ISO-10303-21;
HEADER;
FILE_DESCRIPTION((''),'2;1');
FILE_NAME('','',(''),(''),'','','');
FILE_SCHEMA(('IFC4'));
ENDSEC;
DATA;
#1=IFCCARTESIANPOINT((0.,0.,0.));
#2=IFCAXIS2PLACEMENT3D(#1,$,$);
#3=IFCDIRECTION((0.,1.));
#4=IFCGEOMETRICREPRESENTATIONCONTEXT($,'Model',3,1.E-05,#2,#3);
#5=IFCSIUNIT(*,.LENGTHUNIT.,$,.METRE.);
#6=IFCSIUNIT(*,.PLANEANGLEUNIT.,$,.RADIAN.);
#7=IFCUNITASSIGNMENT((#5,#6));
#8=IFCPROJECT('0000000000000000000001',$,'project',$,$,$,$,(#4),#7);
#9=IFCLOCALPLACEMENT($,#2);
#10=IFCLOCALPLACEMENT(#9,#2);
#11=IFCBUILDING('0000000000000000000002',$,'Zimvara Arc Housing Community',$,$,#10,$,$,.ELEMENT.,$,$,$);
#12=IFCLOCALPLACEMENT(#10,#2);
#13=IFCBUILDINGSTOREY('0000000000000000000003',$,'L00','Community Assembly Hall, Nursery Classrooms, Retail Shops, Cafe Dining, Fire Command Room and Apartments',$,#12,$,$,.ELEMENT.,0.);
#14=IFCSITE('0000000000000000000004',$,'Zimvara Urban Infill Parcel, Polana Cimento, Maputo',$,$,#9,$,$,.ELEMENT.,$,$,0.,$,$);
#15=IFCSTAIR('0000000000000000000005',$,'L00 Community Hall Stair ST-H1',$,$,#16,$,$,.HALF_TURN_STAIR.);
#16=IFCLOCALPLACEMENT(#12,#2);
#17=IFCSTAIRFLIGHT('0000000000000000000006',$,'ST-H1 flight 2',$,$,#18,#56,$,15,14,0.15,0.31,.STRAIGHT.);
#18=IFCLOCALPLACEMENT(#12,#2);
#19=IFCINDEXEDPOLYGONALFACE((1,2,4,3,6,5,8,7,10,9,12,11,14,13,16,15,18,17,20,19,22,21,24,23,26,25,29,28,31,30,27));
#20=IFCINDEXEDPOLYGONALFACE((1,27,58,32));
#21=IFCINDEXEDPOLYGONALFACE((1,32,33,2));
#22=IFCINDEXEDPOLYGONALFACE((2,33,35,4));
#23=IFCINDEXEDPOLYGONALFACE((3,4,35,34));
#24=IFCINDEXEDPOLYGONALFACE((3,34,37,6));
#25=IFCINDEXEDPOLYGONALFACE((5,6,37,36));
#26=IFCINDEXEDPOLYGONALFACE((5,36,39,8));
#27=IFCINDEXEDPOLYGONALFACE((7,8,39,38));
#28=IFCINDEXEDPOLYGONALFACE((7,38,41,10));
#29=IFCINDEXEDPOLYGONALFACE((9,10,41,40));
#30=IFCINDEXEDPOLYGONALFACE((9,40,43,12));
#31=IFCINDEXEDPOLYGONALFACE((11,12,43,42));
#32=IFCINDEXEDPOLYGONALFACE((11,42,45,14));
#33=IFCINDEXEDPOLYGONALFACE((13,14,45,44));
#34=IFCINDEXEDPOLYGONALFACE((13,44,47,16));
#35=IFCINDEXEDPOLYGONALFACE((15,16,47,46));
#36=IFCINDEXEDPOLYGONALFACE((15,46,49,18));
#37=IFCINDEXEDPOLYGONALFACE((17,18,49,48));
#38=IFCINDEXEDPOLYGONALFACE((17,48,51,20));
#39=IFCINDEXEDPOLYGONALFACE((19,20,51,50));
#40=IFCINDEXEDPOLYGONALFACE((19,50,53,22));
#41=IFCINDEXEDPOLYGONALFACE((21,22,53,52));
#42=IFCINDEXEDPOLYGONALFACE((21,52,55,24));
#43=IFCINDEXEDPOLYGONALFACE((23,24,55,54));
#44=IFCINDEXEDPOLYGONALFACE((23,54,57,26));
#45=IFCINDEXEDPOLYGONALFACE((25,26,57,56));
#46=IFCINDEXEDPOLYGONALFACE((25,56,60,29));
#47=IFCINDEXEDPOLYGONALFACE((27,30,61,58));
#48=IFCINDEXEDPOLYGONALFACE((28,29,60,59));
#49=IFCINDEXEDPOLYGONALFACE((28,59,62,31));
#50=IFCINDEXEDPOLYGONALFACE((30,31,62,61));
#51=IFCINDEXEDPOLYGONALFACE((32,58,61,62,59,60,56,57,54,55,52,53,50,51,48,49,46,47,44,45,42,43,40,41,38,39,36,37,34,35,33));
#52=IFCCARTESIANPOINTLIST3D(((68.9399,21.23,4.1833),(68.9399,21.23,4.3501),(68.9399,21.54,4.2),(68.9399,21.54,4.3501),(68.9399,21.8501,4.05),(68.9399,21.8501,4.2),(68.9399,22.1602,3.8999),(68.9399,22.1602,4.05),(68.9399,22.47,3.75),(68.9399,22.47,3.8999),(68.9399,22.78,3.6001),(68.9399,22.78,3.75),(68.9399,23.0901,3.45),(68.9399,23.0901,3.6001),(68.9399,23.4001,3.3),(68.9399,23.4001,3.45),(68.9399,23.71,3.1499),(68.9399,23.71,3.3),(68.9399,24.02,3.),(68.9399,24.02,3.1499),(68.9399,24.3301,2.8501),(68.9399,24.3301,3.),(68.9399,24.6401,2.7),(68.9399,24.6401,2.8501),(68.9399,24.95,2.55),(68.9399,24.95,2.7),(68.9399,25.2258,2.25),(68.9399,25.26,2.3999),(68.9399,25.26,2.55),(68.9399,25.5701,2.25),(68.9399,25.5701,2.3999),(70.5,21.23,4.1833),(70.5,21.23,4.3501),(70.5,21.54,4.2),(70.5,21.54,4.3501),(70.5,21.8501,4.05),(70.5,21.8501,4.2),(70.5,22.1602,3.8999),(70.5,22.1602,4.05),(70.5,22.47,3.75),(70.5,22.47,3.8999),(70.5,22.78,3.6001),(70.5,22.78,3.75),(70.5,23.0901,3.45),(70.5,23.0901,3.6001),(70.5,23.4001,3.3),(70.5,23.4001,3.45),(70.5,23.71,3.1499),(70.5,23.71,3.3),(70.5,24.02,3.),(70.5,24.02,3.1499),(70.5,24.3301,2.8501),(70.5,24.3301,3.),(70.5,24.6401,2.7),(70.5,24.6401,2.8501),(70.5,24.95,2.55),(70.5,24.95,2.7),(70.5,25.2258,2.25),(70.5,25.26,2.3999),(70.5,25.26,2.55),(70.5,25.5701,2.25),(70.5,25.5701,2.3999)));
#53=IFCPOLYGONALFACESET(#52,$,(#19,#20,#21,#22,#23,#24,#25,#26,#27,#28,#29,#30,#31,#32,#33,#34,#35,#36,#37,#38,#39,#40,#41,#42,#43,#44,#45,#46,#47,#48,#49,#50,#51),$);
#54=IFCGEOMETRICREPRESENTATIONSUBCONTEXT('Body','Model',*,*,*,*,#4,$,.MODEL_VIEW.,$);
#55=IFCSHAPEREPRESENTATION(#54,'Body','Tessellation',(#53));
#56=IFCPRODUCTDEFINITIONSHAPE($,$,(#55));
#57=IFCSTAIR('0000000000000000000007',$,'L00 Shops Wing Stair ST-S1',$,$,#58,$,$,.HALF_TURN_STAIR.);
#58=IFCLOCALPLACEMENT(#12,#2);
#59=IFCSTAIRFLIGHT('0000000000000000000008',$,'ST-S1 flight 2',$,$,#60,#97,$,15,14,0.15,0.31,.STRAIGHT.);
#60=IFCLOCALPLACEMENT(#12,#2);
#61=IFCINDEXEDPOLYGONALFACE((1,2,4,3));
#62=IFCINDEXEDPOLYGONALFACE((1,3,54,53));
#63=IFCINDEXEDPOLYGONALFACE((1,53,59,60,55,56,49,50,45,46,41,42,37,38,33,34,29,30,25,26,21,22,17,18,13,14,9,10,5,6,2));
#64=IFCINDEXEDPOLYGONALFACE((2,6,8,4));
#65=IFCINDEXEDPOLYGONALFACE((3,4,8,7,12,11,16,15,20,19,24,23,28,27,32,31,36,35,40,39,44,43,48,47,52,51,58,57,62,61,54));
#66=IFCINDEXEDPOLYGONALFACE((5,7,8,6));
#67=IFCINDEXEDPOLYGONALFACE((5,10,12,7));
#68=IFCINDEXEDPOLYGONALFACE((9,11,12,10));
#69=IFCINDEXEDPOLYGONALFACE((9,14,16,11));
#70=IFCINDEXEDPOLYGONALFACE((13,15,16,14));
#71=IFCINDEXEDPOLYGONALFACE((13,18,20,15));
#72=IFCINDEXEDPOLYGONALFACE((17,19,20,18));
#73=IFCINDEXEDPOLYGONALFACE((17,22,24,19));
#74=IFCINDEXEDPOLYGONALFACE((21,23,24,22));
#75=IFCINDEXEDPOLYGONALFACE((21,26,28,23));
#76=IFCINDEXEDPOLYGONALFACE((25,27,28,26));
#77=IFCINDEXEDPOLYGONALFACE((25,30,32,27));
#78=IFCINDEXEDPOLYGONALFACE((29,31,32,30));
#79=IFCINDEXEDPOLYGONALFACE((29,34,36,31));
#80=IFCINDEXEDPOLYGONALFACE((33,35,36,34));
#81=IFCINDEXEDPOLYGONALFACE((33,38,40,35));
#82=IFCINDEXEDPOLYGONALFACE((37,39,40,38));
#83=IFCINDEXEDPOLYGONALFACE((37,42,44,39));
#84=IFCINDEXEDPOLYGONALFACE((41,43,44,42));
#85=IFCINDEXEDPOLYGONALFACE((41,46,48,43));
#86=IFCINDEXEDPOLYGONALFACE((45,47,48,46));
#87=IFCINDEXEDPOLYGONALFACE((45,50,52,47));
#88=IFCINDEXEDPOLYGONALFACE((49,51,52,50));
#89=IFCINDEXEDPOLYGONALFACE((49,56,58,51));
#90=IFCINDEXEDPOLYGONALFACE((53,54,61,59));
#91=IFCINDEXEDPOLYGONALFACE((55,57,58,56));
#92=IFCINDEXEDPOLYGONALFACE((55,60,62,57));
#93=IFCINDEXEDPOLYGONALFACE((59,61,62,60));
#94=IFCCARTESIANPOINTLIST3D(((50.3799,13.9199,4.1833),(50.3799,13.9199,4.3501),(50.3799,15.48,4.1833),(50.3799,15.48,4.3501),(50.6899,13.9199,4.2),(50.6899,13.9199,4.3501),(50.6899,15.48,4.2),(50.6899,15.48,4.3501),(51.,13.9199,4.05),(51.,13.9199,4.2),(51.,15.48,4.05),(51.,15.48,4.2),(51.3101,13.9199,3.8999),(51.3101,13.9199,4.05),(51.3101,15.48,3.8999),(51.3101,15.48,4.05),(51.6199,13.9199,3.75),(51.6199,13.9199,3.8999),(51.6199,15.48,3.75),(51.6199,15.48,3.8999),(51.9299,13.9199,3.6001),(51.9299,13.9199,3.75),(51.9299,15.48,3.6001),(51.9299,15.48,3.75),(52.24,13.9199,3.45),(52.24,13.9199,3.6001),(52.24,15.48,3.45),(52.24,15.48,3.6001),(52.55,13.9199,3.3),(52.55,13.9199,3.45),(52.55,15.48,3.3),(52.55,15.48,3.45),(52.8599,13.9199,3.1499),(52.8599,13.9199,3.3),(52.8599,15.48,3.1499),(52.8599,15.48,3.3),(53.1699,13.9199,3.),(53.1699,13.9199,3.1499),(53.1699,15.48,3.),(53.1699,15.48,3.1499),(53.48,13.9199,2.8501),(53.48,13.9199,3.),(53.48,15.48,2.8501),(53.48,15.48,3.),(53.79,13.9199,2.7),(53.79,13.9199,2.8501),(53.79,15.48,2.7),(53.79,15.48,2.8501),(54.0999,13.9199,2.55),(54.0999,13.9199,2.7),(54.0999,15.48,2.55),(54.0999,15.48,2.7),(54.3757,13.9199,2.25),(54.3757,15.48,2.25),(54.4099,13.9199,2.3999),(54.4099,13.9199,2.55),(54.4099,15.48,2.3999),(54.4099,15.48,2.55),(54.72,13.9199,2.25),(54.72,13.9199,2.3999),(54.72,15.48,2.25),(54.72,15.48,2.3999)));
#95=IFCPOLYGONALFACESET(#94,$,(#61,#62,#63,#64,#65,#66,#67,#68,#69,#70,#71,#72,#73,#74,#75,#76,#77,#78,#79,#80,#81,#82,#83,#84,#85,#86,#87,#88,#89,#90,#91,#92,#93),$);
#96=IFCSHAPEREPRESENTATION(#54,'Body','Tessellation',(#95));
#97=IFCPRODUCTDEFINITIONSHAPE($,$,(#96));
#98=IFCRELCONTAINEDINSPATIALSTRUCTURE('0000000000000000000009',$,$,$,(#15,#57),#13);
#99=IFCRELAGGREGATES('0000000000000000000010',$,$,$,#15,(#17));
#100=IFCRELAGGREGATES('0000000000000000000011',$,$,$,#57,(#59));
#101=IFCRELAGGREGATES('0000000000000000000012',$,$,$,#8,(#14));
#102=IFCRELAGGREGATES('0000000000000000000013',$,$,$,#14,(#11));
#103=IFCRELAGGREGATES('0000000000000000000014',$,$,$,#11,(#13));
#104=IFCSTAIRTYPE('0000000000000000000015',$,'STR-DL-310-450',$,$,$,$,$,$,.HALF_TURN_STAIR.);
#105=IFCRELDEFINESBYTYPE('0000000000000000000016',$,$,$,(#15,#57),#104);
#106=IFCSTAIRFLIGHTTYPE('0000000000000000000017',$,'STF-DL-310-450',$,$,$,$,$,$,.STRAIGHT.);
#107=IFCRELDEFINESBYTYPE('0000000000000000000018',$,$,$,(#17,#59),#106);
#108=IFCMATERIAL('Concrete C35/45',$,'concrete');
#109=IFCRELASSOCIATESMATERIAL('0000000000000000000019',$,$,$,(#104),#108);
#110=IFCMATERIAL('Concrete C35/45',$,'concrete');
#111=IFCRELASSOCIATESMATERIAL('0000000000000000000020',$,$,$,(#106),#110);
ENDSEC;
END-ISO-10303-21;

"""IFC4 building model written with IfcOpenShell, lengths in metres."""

from ifc_helpers import new_model, si_unit, direction, frame, origin, place, context, subcontext, project, spatial, polyline, outline, extrude, material, type_object, element, aggregate, save


model = new_model("IFC4")

# Units and contexts
model_context = context("Model", 3, precision=1e-05, world=origin(), true_north=direction((0.0, 1.0)))
body_context = subcontext(model_context, "Body", "Model", "MODEL_VIEW")
ifc_project = project(units=[si_unit("LENGTHUNIT", "METRE"), si_unit("PLANEANGLEUNIT", "RADIAN")], contexts=[model_context])

# Site, building, storey
site_placement = place(None, origin())
site = spatial("IfcSite", under=ifc_project, at=site_placement, Name="Zimvara Urban Infill Parcel, Polana Cimento, Maputo", CompositionType="ELEMENT", RefElevation=0.0)
building_placement = place(site_placement, origin())
building = spatial("IfcBuilding", under=site, at=building_placement, Name="Zimvara Arc Housing Community", CompositionType="ELEMENT")
storey_placement = place(building_placement, origin())
storey = spatial("IfcBuildingStorey", under=building, at=storey_placement, Name="L00", Description="Community Assembly Hall, Nursery Classrooms, Retail Shops, Cafe Dining, Fire Command Room and Apartments", CompositionType="ELEMENT", Elevation=0.0)

# Stairs, stair flights
ifc_material_1 = material(Name="Concrete C35/45", Category="concrete")
stair_type = type_object("IfcStairType", Name="STR-DL-310-450", PredefinedType="HALF_TURN_STAIR", material=ifc_material_1)
stair_1_placement = place(storey_placement, origin())
stair_1 = element("IfcStair", 1, at=stair_1_placement, inside=storey, type_object=stair_type, Name="L00 Community Hall Stair ST-H1", PredefinedType="HALF_TURN_STAIR")
ifc_material_2 = material(Name="Concrete C35/45", Category="concrete")
stair_flight_type = type_object("IfcStairFlightType", Name="STF-DL-310-450", PredefinedType="STRAIGHT", material=ifc_material_2)
stair_flight_1_placement = place(storey_placement, frame((69.72, 25.5701, 2.25), z_axis=(0.0, 0.0, 1.0), x_axis=(0.0, -1.0, 0.0)))
stair_flight_1 = element("IfcStairFlight", 2, at=stair_flight_1_placement, type_object=stair_flight_type, Name="ST-H1 flight 2", NumberOfRisers=15, NumberOfTreads=14, PredefinedType="STRAIGHT", RiserHeight=0.15, TreadLength=0.31, context=body_context, shape_type="SweptSolid", body=[
    extrude(outline(polyline([(0.0, 0.0), (0.0, 0.1499), (0.3101, 0.1499), (0.3101, 0.3), (0.6201, 0.3), (0.6201, 0.45), (0.9299, 0.45), (0.9299, 0.6001), (1.24, 0.6001), (1.24, 0.75), (1.55, 0.75), (1.55, 0.8999), (1.8601, 0.8999), (1.8601, 1.05), (2.1699, 1.05), (2.1699, 1.2), (2.48, 1.2), (2.48, 1.3501), (2.79, 1.3501), (2.79, 1.5), (3.1001, 1.5), (3.1001, 1.6499), (3.4099, 1.6499), (3.4099, 1.8), (3.72, 1.8), (3.72, 1.95), (4.03, 1.95), (4.03, 2.1001), (4.3401, 2.1001), (4.3401, 2.25), (4.3401, 1.9333), (0.3442, 0.0), (0.0, 0.0)])), frame((0.0, 0.78, 0.0), z_axis=(0.0, -1.0, 0.0), x_axis=(1.0, 0.0, 0.0)), (0.0, 0.0, 1.0), 1.5601),
])
aggregate(stair_1, [stair_flight_1])
stair_2_placement = place(storey_placement, origin())
stair_2 = element("IfcStair", 3, at=stair_2_placement, inside=storey, type_object=stair_type, Name="L00 Shops Wing Stair ST-S1", PredefinedType="HALF_TURN_STAIR")
stair_flight_2_placement = place(storey_placement, frame((54.72, 14.7, 2.25), z_axis=(0.0, 0.0, 1.0), x_axis=(-1.0, 0.0, 0.0)))
stair_flight_2 = element("IfcStairFlight", 4, at=stair_flight_2_placement, type_object=stair_flight_type, Name="ST-S1 flight 2", NumberOfRisers=15, NumberOfTreads=14, PredefinedType="STRAIGHT", RiserHeight=0.15, TreadLength=0.31, context=body_context, shape_type="SweptSolid", body=[
    extrude(outline(polyline([(0.0, 0.0), (0.0, 0.1499), (0.3101, 0.1499), (0.3101, 0.3), (0.6201, 0.3), (0.6201, 0.45), (0.9299, 0.45), (0.9299, 0.6001), (1.24, 0.6001), (1.24, 0.75), (1.55, 0.75), (1.55, 0.8999), (1.8601, 0.8999), (1.8601, 1.05), (2.1699, 1.05), (2.1699, 1.2), (2.48, 1.2), (2.48, 1.3501), (2.79, 1.3501), (2.79, 1.5), (3.1001, 1.5), (3.1001, 1.6499), (3.4099, 1.6499), (3.4099, 1.8), (3.72, 1.8), (3.72, 1.95), (4.03, 1.95), (4.03, 2.1001), (4.3401, 2.1001), (4.3401, 2.25), (4.3401, 1.9333), (0.3442, 0.0), (0.0, 0.0)])), frame((0.0, 0.78, 0.0), z_axis=(0.0, -1.0, 0.0), x_axis=(1.0, 0.0, 0.0)), (0.0, 0.0, 1.0), 1.5601),
])
aggregate(stair_2, [stair_flight_2])

save(model, "model.ifc")
